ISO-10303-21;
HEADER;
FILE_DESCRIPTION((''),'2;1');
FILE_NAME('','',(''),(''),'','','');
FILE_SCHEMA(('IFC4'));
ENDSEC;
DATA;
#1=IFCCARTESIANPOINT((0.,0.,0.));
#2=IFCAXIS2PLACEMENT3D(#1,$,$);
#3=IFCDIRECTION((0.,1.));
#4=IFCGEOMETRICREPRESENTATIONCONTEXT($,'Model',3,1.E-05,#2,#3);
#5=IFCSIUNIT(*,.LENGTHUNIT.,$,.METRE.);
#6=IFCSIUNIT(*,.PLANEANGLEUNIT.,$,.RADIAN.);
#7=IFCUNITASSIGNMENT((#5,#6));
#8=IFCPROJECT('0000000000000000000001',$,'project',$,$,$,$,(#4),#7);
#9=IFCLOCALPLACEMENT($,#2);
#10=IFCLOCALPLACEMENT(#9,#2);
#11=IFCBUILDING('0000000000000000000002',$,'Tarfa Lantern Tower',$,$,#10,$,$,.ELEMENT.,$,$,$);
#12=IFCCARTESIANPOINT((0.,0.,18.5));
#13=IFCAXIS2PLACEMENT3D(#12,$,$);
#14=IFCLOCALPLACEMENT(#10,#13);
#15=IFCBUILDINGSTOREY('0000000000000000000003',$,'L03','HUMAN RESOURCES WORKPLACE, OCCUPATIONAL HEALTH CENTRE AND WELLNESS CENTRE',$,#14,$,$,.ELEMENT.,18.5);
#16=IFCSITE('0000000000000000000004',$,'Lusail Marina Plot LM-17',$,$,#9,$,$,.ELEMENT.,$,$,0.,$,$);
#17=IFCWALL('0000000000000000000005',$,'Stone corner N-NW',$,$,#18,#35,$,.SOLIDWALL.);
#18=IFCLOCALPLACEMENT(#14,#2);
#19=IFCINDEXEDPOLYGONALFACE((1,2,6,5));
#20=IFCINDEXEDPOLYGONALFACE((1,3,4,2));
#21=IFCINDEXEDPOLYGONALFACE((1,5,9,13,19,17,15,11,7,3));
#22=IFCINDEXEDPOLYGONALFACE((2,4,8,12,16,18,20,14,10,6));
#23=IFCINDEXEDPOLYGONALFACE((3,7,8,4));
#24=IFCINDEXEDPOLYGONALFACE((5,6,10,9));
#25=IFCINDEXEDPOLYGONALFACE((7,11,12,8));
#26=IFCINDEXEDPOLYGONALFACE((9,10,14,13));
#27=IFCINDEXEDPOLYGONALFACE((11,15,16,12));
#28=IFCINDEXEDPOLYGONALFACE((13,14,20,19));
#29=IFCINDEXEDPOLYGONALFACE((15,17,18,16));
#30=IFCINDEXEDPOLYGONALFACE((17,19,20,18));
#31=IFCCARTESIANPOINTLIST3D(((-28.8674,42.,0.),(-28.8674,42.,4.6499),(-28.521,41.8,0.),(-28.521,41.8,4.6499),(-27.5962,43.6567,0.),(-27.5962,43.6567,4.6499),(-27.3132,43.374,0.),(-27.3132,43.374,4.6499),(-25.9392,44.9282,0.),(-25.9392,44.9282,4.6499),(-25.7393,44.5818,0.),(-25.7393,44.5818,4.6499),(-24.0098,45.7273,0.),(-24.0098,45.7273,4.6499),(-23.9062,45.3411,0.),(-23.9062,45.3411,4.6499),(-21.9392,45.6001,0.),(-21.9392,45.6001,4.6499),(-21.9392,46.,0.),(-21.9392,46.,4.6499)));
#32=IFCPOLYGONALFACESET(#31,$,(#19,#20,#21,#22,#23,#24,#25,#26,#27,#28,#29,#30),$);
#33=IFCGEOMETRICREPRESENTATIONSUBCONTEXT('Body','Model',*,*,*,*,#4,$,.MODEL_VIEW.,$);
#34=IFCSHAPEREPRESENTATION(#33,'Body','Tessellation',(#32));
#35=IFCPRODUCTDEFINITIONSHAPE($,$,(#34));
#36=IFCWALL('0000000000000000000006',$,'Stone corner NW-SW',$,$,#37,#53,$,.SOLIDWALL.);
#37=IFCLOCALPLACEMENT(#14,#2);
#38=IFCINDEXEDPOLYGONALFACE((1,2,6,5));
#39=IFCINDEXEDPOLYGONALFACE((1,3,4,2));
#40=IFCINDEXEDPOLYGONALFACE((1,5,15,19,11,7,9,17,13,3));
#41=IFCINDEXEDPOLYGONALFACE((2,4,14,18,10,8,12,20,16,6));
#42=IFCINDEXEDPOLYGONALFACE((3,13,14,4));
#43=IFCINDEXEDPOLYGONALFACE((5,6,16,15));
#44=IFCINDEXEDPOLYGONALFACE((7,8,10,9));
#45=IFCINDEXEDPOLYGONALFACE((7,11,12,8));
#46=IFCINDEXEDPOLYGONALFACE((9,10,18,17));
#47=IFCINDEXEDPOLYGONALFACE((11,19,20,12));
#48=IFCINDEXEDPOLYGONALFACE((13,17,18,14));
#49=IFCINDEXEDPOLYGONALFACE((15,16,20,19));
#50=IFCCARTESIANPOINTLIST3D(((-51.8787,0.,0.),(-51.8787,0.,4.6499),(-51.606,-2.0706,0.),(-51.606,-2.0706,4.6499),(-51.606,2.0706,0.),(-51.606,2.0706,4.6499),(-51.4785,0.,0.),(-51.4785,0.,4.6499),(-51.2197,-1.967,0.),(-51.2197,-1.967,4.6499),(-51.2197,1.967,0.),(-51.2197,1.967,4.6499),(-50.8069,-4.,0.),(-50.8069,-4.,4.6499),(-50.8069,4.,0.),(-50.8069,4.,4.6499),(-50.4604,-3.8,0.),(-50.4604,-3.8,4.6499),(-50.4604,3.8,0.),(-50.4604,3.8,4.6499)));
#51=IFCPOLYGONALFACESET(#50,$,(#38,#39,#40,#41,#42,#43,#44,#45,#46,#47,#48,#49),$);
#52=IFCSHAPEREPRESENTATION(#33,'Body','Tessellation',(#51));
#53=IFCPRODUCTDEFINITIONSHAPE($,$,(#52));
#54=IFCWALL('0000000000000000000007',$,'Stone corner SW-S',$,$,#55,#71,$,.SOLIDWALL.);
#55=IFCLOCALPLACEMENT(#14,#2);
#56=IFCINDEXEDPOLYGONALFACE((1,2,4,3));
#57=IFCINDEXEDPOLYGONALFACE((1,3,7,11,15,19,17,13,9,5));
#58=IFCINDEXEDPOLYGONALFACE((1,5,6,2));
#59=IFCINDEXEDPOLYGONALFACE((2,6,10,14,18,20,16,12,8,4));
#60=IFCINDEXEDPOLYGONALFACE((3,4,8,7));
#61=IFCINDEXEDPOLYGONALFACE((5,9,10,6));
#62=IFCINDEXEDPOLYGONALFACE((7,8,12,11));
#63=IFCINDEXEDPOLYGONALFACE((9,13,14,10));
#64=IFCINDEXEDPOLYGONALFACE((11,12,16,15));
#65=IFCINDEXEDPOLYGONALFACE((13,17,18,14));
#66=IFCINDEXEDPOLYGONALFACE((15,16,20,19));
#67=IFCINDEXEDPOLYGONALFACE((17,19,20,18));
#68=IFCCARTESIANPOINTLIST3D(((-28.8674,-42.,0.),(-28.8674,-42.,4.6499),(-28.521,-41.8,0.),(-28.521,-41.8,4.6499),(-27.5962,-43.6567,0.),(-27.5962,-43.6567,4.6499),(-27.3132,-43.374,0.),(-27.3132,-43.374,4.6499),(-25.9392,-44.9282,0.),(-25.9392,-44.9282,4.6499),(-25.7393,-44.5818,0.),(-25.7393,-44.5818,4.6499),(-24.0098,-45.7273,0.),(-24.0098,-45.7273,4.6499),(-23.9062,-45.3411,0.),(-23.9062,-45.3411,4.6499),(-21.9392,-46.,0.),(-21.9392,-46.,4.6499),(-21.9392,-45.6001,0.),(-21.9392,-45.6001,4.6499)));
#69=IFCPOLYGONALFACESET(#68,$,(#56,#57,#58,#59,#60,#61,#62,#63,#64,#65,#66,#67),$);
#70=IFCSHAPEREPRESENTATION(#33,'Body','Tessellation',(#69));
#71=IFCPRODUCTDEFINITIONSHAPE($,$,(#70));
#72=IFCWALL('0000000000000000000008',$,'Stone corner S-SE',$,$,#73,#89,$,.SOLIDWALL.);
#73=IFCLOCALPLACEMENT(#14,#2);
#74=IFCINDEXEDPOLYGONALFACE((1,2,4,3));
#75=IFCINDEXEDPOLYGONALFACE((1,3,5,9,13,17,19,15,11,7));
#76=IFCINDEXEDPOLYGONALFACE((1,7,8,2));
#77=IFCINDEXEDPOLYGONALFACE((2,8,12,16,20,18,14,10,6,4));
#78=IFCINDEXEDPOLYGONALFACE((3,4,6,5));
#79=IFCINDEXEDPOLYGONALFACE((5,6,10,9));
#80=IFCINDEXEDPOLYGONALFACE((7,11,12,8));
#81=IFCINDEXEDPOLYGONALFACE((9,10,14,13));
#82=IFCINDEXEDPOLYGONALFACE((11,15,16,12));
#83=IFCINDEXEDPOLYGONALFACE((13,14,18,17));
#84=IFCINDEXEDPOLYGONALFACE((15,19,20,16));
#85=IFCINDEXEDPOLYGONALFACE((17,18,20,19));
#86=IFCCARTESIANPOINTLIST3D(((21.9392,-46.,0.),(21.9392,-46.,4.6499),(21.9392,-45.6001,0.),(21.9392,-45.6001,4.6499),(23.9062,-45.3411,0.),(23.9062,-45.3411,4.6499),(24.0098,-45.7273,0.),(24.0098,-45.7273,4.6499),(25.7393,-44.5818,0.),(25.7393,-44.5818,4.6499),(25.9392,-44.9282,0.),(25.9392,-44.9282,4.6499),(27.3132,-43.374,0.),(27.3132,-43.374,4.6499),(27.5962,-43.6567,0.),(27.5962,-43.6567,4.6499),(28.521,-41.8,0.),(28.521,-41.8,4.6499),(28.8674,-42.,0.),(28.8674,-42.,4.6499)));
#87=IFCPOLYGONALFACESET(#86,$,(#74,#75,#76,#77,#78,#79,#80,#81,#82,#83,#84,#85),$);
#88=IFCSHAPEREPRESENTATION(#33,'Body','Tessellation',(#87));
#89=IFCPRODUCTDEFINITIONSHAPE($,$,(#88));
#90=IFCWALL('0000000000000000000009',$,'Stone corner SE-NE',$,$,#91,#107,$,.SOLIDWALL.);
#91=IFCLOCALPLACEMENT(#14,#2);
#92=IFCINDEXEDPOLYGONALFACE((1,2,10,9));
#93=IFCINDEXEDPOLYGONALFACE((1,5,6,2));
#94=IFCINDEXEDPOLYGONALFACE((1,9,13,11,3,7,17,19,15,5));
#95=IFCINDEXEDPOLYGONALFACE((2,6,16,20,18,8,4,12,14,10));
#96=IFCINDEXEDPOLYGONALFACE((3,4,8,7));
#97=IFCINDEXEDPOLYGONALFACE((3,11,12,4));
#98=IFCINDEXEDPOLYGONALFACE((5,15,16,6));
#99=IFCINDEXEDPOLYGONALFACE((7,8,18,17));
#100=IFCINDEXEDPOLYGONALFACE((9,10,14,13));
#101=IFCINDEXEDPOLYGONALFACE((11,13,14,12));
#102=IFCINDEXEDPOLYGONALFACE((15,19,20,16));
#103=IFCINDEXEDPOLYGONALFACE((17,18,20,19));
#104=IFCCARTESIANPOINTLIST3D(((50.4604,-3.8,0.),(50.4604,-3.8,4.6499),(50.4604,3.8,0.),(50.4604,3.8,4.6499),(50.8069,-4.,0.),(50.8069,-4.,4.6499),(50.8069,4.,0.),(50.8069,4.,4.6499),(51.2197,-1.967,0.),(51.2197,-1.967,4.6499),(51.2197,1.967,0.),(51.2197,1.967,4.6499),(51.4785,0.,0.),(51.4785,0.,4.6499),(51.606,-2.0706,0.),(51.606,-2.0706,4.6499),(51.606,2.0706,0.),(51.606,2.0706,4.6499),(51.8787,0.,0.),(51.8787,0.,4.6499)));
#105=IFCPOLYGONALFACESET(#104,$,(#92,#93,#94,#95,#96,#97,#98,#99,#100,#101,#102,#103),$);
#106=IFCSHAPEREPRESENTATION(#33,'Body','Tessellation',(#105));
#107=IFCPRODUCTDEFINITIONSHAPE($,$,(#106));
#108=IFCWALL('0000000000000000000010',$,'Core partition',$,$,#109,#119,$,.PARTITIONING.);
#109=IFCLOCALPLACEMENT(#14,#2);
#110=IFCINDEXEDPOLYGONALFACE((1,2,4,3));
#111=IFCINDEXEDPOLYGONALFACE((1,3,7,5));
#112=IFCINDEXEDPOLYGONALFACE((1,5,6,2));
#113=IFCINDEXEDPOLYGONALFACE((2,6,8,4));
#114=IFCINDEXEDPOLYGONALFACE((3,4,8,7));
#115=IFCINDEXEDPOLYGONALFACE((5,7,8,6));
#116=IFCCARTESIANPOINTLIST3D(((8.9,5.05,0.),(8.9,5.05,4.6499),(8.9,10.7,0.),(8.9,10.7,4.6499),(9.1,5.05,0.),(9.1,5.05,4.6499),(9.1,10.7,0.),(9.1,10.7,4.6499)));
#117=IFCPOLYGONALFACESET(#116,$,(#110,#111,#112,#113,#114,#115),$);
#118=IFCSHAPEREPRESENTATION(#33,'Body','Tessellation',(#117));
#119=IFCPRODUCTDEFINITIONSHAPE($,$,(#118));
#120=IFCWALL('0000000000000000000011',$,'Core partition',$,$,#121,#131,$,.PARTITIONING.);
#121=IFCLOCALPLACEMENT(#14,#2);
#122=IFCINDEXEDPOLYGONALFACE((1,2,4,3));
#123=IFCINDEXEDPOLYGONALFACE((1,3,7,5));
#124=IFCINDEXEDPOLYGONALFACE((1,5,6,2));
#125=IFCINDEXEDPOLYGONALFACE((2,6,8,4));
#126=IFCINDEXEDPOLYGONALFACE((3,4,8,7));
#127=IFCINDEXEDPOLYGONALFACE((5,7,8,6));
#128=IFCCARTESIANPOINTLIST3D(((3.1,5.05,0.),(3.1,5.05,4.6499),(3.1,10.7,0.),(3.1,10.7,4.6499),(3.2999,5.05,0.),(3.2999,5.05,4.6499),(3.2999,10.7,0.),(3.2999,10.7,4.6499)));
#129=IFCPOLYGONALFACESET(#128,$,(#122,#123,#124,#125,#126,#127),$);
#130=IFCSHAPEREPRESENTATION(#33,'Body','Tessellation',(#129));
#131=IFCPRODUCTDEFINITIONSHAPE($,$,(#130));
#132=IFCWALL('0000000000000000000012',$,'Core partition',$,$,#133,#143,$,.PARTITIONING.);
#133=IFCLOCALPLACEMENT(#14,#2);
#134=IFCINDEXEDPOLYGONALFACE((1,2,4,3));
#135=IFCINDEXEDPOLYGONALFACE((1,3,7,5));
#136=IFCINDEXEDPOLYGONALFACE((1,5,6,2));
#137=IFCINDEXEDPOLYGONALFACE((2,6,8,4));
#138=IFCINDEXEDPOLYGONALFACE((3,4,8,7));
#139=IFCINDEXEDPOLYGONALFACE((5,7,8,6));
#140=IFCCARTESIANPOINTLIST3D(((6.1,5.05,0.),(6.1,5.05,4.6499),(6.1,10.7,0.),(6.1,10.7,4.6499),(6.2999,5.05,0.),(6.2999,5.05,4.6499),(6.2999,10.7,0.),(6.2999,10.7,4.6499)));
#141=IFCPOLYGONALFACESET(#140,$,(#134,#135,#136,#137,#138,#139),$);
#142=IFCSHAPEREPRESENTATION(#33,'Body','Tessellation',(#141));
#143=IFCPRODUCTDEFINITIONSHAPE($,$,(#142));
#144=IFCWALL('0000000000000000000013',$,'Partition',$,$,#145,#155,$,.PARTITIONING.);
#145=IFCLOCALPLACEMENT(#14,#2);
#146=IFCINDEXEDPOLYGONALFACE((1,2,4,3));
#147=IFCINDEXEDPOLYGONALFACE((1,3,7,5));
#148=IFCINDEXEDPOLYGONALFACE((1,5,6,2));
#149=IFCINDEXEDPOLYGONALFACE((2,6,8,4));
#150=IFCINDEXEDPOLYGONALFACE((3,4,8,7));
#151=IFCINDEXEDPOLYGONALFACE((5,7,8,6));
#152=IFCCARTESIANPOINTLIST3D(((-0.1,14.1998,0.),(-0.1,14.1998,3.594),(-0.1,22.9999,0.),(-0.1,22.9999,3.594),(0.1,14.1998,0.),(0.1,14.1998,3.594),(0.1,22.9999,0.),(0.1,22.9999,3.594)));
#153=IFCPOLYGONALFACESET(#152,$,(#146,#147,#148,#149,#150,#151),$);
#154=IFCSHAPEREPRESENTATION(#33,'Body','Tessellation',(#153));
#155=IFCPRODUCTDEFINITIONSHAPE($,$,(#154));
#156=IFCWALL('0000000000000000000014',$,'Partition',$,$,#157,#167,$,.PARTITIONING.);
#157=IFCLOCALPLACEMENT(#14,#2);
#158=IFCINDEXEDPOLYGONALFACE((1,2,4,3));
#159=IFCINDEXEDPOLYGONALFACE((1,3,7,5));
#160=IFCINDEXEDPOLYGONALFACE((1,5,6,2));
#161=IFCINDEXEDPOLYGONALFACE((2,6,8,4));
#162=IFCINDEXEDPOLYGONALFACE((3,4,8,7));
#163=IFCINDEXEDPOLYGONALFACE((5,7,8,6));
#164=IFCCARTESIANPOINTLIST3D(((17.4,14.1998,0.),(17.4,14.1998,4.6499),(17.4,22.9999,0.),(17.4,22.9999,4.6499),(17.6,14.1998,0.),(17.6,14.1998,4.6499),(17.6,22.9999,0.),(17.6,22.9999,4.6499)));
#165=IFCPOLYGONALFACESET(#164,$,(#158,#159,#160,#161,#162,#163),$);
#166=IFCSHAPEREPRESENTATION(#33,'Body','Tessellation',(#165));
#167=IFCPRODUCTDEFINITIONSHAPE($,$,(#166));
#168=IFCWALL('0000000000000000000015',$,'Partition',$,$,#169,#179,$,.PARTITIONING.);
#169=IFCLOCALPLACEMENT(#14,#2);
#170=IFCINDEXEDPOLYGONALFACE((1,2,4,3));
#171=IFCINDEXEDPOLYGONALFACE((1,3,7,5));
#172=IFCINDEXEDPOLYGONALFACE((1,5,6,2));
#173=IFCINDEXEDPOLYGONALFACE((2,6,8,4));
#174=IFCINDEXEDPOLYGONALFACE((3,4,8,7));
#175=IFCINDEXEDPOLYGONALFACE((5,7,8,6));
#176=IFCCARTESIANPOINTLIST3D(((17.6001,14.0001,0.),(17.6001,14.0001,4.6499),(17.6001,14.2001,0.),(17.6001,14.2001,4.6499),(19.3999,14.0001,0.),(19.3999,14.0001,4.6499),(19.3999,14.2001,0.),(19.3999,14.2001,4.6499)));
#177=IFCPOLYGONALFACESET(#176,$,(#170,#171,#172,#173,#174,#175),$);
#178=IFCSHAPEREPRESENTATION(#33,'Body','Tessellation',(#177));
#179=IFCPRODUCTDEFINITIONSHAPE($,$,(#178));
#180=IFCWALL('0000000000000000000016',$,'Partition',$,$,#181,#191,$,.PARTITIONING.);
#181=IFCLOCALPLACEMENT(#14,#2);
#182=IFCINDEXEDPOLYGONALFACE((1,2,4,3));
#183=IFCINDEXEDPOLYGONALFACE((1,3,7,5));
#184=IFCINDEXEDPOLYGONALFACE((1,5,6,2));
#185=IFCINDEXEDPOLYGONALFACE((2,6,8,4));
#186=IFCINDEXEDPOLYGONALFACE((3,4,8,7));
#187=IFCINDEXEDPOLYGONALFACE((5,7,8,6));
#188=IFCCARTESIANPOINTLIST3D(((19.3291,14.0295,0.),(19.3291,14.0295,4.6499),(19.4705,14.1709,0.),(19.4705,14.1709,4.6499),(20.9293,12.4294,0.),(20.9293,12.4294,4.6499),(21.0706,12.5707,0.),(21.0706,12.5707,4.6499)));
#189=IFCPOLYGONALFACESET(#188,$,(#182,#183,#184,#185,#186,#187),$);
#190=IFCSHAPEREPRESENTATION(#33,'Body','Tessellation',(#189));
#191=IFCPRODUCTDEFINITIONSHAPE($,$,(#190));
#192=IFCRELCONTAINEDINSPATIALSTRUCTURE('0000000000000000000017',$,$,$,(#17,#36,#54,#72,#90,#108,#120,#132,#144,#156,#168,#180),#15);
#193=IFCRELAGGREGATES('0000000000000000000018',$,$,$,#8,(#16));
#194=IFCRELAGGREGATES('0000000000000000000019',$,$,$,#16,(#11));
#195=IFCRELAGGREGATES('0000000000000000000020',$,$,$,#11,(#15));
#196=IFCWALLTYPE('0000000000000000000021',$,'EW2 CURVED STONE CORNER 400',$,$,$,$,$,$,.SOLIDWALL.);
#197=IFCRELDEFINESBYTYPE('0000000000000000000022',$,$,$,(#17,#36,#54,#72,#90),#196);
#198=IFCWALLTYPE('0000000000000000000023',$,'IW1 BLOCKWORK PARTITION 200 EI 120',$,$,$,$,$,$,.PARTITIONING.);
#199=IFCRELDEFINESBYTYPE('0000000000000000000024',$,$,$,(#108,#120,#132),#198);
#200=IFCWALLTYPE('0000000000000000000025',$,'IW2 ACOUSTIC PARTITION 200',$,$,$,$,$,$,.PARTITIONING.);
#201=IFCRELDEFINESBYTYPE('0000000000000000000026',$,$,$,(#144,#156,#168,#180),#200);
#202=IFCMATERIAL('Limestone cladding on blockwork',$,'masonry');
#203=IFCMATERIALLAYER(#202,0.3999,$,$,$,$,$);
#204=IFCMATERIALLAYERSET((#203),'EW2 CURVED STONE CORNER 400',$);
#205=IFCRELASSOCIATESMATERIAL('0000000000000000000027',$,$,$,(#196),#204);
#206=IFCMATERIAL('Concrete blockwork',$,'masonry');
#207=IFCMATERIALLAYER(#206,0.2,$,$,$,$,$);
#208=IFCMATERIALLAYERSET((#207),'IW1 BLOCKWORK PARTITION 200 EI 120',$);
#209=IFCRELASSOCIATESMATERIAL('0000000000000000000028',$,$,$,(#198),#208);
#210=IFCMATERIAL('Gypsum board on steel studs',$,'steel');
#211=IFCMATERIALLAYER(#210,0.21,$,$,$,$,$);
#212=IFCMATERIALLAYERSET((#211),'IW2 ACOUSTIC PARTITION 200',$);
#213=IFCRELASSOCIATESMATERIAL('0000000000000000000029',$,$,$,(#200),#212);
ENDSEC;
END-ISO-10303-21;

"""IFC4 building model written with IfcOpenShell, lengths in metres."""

from ifc_helpers import new_model, si_unit, direction, frame, frame_2d, origin, place, context, subcontext, project, spatial, polyline, rectangle, outline, extrude, material, layer, layer_set, type_object, element, save


model = new_model("IFC4")

# Units and contexts
model_context = context("Model", 3, precision=1e-05, world=origin(), true_north=direction((0.0, 1.0)))
body_context = subcontext(model_context, "Body", "Model", "MODEL_VIEW")
ifc_project = project(units=[si_unit("LENGTHUNIT", "METRE"), si_unit("PLANEANGLEUNIT", "RADIAN")], contexts=[model_context])

# Site, building, storey
site_placement = place(None, origin())
site = spatial("IfcSite", under=ifc_project, at=site_placement, Name="Lusail Marina Plot LM-17", CompositionType="ELEMENT", RefElevation=0.0)
building_placement = place(site_placement, origin())
building = spatial("IfcBuilding", under=site, at=building_placement, Name="Tarfa Lantern Tower", CompositionType="ELEMENT")
storey_placement = place(building_placement, frame((0.0, 0.0, 18.5)))
storey = spatial("IfcBuildingStorey", under=building, at=storey_placement, Name="L03", Description="HUMAN RESOURCES WORKPLACE, OCCUPATIONAL HEALTH CENTRE AND WELLNESS CENTRE", CompositionType="ELEMENT", Elevation=18.5)

# Walls
ifc_material_1 = material(Name="Limestone cladding on blockwork", Category="masonry")
ifc_layer_1 = layer(ifc_material_1, 0.3999)
ifc_layer_set_1 = layer_set([ifc_layer_1], Name="EW2 CURVED STONE CORNER 400")
wall_type_1 = type_object("IfcWallType", Name="EW2 CURVED STONE CORNER 400", PredefinedType="SOLIDWALL", material=ifc_layer_set_1)
wall_1_placement = place(storey_placement, origin())
element("IfcWall", 1, at=wall_1_placement, inside=storey, type_object=wall_type_1, Name="Stone corner N-NW", PredefinedType="SOLIDWALL", context=body_context, shape_type="SweptSolid", body=[
    extrude(outline(polyline([(-21.9392, 46.0), (-24.0098, 45.7273), (-25.9392, 44.9282), (-27.5962, 43.6567), (-28.8674, 42.0), (-28.521, 41.8), (-27.3132, 43.374), (-25.7393, 44.5818), (-23.9062, 45.3411), (-21.9392, 45.6001), (-21.9392, 46.0)])), origin(), (0.0, 0.0, 1.0), 4.6499),
])
wall_2_placement = place(storey_placement, origin())
element("IfcWall", 2, at=wall_2_placement, inside=storey, type_object=wall_type_1, Name="Stone corner NW-SW", PredefinedType="SOLIDWALL", context=body_context, shape_type="SweptSolid", body=[
    extrude(outline(polyline([(-50.8069, 4.0), (-51.606, 2.0706), (-51.8787, 0.0), (-51.606, -2.0706), (-50.8069, -4.0), (-50.4604, -3.8), (-51.2197, -1.967), (-51.4785, 0.0), (-51.2197, 1.967), (-50.4604, 3.8), (-50.8069, 4.0)])), origin(), (0.0, 0.0, 1.0), 4.6499),
])
wall_3_placement = place(storey_placement, origin())
element("IfcWall", 3, at=wall_3_placement, inside=storey, type_object=wall_type_1, Name="Stone corner SW-S", PredefinedType="SOLIDWALL", context=body_context, shape_type="SweptSolid", body=[
    extrude(outline(polyline([(-28.8674, -42.0), (-27.5962, -43.6567), (-25.9392, -44.9282), (-24.0098, -45.7273), (-21.9392, -46.0), (-21.9392, -45.6001), (-23.9062, -45.3411), (-25.7393, -44.5818), (-27.3132, -43.374), (-28.521, -41.8), (-28.8674, -42.0)])), origin(), (0.0, 0.0, 1.0), 4.6499),
])
wall_4_placement = place(storey_placement, origin())
element("IfcWall", 4, at=wall_4_placement, inside=storey, type_object=wall_type_1, Name="Stone corner S-SE", PredefinedType="SOLIDWALL", context=body_context, shape_type="SweptSolid", body=[
    extrude(outline(polyline([(21.9392, -46.0), (24.0098, -45.7273), (25.9392, -44.9282), (27.5962, -43.6567), (28.8674, -42.0), (28.521, -41.8), (27.3132, -43.374), (25.7393, -44.5818), (23.9062, -45.3411), (21.9392, -45.6001), (21.9392, -46.0)])), origin(), (0.0, 0.0, 1.0), 4.6499),
])
wall_5_placement = place(storey_placement, origin())
element("IfcWall", 5, at=wall_5_placement, inside=storey, type_object=wall_type_1, Name="Stone corner SE-NE", PredefinedType="SOLIDWALL", context=body_context, shape_type="SweptSolid", body=[
    extrude(outline(polyline([(50.8069, -4.0), (51.606, -2.0706), (51.8787, 0.0), (51.606, 2.0706), (50.8069, 4.0), (50.4604, 3.8), (51.2197, 1.967), (51.4785, 0.0), (51.2197, -1.967), (50.4604, -3.8), (50.8069, -4.0)])), origin(), (0.0, 0.0, 1.0), 4.6499),
])
ifc_material_2 = material(Name="Concrete blockwork", Category="masonry")
ifc_layer_2 = layer(ifc_material_2, 0.2)
ifc_layer_set_2 = layer_set([ifc_layer_2], Name="IW1 BLOCKWORK PARTITION 200 EI 120")
wall_type_2 = type_object("IfcWallType", Name="IW1 BLOCKWORK PARTITION 200 EI 120", PredefinedType="PARTITIONING", material=ifc_layer_set_2)
for number, where, z_axis, x_axis, name in (
    (6, (9.0, 5.05, 0.0), (0.0, 0.0, 1.0), (0.0, 1.0, 0.0), "Core partition"),
    (7, (3.2, 5.05, 0.0), (0.0, 0.0, 1.0), (0.0, 1.0, 0.0), "Core partition"),
    (8, (6.2, 5.05, 0.0), (0.0, 0.0, 1.0), (0.0, 1.0, 0.0), "Core partition"),
):
    element("IfcWall", number, at=place(storey_placement, frame(where, z_axis=z_axis, x_axis=x_axis)), inside=storey, type_object=wall_type_2, Name=name, PredefinedType="PARTITIONING", context=body_context, shape_type="SweptSolid", body=[
        extrude(rectangle(XDim=5.6499, YDim=0.2, at=frame_2d((2.825, 0.0))), origin(), (0.0, 0.0, 1.0), 4.6499),
    ])
ifc_material_3 = material(Name="Gypsum board on steel studs", Category="steel")
ifc_layer_3 = layer(ifc_material_3, 0.21)
ifc_layer_set_3 = layer_set([ifc_layer_3], Name="IW2 ACOUSTIC PARTITION 200")
wall_type_3 = type_object("IfcWallType", Name="IW2 ACOUSTIC PARTITION 200", PredefinedType="PARTITIONING", material=ifc_layer_set_3)
wall_6_placement = place(storey_placement, frame((0.0, 14.2, 0.0), z_axis=(0.0, 0.0, 1.0), x_axis=(0.0, 1.0, 0.0)))
element("IfcWall", 9, at=wall_6_placement, inside=storey, type_object=wall_type_3, Name="Partition", PredefinedType="PARTITIONING", context=body_context, shape_type="SweptSolid", body=[
    extrude(rectangle(XDim=8.8, YDim=0.2, at=frame_2d((4.3999, 0.0))), origin(), (0.0, 0.0, 1.0), 3.594),
])
wall_7_placement = place(storey_placement, frame((17.5, 14.2, 0.0), z_axis=(0.0, 0.0, 1.0), x_axis=(0.0, 1.0, 0.0)))
element("IfcWall", 10, at=wall_7_placement, inside=storey, type_object=wall_type_3, Name="Partition", PredefinedType="PARTITIONING", context=body_context, shape_type="SweptSolid", body=[
    extrude(rectangle(XDim=8.8, YDim=0.2, at=frame_2d((4.3999, 0.0))), origin(), (0.0, 0.0, 1.0), 4.6499),
])
wall_8_placement = place(storey_placement, frame((17.6001, 14.1001, 0.0), z_axis=(0.0, 0.0, 1.0), x_axis=(1.0, 0.0, 0.0)))
element("IfcWall", 11, at=wall_8_placement, inside=storey, type_object=wall_type_3, Name="Partition", PredefinedType="PARTITIONING", context=body_context, shape_type="SweptSolid", body=[
    extrude(rectangle(XDim=1.7998, YDim=0.2, at=frame_2d((0.8999, 0.0))), origin(), (0.0, 0.0, 1.0), 4.6499),
])
wall_9_placement = place(storey_placement, frame((19.3999, 14.1001, 0.0), z_axis=(0.0, 0.0, 1.0), x_axis=(0.707107, -0.707107, 0.0)))
element("IfcWall", 12, at=wall_9_placement, inside=storey, type_object=wall_type_3, Name="Partition", PredefinedType="PARTITIONING", context=body_context, shape_type="SweptSolid", body=[
    extrude(rectangle(XDim=2.2629, YDim=0.2, at=frame_2d((1.1313, 0.0))), origin(), (0.0, 0.0, 1.0), 4.6499),
])

save(model, "model.ifc")
